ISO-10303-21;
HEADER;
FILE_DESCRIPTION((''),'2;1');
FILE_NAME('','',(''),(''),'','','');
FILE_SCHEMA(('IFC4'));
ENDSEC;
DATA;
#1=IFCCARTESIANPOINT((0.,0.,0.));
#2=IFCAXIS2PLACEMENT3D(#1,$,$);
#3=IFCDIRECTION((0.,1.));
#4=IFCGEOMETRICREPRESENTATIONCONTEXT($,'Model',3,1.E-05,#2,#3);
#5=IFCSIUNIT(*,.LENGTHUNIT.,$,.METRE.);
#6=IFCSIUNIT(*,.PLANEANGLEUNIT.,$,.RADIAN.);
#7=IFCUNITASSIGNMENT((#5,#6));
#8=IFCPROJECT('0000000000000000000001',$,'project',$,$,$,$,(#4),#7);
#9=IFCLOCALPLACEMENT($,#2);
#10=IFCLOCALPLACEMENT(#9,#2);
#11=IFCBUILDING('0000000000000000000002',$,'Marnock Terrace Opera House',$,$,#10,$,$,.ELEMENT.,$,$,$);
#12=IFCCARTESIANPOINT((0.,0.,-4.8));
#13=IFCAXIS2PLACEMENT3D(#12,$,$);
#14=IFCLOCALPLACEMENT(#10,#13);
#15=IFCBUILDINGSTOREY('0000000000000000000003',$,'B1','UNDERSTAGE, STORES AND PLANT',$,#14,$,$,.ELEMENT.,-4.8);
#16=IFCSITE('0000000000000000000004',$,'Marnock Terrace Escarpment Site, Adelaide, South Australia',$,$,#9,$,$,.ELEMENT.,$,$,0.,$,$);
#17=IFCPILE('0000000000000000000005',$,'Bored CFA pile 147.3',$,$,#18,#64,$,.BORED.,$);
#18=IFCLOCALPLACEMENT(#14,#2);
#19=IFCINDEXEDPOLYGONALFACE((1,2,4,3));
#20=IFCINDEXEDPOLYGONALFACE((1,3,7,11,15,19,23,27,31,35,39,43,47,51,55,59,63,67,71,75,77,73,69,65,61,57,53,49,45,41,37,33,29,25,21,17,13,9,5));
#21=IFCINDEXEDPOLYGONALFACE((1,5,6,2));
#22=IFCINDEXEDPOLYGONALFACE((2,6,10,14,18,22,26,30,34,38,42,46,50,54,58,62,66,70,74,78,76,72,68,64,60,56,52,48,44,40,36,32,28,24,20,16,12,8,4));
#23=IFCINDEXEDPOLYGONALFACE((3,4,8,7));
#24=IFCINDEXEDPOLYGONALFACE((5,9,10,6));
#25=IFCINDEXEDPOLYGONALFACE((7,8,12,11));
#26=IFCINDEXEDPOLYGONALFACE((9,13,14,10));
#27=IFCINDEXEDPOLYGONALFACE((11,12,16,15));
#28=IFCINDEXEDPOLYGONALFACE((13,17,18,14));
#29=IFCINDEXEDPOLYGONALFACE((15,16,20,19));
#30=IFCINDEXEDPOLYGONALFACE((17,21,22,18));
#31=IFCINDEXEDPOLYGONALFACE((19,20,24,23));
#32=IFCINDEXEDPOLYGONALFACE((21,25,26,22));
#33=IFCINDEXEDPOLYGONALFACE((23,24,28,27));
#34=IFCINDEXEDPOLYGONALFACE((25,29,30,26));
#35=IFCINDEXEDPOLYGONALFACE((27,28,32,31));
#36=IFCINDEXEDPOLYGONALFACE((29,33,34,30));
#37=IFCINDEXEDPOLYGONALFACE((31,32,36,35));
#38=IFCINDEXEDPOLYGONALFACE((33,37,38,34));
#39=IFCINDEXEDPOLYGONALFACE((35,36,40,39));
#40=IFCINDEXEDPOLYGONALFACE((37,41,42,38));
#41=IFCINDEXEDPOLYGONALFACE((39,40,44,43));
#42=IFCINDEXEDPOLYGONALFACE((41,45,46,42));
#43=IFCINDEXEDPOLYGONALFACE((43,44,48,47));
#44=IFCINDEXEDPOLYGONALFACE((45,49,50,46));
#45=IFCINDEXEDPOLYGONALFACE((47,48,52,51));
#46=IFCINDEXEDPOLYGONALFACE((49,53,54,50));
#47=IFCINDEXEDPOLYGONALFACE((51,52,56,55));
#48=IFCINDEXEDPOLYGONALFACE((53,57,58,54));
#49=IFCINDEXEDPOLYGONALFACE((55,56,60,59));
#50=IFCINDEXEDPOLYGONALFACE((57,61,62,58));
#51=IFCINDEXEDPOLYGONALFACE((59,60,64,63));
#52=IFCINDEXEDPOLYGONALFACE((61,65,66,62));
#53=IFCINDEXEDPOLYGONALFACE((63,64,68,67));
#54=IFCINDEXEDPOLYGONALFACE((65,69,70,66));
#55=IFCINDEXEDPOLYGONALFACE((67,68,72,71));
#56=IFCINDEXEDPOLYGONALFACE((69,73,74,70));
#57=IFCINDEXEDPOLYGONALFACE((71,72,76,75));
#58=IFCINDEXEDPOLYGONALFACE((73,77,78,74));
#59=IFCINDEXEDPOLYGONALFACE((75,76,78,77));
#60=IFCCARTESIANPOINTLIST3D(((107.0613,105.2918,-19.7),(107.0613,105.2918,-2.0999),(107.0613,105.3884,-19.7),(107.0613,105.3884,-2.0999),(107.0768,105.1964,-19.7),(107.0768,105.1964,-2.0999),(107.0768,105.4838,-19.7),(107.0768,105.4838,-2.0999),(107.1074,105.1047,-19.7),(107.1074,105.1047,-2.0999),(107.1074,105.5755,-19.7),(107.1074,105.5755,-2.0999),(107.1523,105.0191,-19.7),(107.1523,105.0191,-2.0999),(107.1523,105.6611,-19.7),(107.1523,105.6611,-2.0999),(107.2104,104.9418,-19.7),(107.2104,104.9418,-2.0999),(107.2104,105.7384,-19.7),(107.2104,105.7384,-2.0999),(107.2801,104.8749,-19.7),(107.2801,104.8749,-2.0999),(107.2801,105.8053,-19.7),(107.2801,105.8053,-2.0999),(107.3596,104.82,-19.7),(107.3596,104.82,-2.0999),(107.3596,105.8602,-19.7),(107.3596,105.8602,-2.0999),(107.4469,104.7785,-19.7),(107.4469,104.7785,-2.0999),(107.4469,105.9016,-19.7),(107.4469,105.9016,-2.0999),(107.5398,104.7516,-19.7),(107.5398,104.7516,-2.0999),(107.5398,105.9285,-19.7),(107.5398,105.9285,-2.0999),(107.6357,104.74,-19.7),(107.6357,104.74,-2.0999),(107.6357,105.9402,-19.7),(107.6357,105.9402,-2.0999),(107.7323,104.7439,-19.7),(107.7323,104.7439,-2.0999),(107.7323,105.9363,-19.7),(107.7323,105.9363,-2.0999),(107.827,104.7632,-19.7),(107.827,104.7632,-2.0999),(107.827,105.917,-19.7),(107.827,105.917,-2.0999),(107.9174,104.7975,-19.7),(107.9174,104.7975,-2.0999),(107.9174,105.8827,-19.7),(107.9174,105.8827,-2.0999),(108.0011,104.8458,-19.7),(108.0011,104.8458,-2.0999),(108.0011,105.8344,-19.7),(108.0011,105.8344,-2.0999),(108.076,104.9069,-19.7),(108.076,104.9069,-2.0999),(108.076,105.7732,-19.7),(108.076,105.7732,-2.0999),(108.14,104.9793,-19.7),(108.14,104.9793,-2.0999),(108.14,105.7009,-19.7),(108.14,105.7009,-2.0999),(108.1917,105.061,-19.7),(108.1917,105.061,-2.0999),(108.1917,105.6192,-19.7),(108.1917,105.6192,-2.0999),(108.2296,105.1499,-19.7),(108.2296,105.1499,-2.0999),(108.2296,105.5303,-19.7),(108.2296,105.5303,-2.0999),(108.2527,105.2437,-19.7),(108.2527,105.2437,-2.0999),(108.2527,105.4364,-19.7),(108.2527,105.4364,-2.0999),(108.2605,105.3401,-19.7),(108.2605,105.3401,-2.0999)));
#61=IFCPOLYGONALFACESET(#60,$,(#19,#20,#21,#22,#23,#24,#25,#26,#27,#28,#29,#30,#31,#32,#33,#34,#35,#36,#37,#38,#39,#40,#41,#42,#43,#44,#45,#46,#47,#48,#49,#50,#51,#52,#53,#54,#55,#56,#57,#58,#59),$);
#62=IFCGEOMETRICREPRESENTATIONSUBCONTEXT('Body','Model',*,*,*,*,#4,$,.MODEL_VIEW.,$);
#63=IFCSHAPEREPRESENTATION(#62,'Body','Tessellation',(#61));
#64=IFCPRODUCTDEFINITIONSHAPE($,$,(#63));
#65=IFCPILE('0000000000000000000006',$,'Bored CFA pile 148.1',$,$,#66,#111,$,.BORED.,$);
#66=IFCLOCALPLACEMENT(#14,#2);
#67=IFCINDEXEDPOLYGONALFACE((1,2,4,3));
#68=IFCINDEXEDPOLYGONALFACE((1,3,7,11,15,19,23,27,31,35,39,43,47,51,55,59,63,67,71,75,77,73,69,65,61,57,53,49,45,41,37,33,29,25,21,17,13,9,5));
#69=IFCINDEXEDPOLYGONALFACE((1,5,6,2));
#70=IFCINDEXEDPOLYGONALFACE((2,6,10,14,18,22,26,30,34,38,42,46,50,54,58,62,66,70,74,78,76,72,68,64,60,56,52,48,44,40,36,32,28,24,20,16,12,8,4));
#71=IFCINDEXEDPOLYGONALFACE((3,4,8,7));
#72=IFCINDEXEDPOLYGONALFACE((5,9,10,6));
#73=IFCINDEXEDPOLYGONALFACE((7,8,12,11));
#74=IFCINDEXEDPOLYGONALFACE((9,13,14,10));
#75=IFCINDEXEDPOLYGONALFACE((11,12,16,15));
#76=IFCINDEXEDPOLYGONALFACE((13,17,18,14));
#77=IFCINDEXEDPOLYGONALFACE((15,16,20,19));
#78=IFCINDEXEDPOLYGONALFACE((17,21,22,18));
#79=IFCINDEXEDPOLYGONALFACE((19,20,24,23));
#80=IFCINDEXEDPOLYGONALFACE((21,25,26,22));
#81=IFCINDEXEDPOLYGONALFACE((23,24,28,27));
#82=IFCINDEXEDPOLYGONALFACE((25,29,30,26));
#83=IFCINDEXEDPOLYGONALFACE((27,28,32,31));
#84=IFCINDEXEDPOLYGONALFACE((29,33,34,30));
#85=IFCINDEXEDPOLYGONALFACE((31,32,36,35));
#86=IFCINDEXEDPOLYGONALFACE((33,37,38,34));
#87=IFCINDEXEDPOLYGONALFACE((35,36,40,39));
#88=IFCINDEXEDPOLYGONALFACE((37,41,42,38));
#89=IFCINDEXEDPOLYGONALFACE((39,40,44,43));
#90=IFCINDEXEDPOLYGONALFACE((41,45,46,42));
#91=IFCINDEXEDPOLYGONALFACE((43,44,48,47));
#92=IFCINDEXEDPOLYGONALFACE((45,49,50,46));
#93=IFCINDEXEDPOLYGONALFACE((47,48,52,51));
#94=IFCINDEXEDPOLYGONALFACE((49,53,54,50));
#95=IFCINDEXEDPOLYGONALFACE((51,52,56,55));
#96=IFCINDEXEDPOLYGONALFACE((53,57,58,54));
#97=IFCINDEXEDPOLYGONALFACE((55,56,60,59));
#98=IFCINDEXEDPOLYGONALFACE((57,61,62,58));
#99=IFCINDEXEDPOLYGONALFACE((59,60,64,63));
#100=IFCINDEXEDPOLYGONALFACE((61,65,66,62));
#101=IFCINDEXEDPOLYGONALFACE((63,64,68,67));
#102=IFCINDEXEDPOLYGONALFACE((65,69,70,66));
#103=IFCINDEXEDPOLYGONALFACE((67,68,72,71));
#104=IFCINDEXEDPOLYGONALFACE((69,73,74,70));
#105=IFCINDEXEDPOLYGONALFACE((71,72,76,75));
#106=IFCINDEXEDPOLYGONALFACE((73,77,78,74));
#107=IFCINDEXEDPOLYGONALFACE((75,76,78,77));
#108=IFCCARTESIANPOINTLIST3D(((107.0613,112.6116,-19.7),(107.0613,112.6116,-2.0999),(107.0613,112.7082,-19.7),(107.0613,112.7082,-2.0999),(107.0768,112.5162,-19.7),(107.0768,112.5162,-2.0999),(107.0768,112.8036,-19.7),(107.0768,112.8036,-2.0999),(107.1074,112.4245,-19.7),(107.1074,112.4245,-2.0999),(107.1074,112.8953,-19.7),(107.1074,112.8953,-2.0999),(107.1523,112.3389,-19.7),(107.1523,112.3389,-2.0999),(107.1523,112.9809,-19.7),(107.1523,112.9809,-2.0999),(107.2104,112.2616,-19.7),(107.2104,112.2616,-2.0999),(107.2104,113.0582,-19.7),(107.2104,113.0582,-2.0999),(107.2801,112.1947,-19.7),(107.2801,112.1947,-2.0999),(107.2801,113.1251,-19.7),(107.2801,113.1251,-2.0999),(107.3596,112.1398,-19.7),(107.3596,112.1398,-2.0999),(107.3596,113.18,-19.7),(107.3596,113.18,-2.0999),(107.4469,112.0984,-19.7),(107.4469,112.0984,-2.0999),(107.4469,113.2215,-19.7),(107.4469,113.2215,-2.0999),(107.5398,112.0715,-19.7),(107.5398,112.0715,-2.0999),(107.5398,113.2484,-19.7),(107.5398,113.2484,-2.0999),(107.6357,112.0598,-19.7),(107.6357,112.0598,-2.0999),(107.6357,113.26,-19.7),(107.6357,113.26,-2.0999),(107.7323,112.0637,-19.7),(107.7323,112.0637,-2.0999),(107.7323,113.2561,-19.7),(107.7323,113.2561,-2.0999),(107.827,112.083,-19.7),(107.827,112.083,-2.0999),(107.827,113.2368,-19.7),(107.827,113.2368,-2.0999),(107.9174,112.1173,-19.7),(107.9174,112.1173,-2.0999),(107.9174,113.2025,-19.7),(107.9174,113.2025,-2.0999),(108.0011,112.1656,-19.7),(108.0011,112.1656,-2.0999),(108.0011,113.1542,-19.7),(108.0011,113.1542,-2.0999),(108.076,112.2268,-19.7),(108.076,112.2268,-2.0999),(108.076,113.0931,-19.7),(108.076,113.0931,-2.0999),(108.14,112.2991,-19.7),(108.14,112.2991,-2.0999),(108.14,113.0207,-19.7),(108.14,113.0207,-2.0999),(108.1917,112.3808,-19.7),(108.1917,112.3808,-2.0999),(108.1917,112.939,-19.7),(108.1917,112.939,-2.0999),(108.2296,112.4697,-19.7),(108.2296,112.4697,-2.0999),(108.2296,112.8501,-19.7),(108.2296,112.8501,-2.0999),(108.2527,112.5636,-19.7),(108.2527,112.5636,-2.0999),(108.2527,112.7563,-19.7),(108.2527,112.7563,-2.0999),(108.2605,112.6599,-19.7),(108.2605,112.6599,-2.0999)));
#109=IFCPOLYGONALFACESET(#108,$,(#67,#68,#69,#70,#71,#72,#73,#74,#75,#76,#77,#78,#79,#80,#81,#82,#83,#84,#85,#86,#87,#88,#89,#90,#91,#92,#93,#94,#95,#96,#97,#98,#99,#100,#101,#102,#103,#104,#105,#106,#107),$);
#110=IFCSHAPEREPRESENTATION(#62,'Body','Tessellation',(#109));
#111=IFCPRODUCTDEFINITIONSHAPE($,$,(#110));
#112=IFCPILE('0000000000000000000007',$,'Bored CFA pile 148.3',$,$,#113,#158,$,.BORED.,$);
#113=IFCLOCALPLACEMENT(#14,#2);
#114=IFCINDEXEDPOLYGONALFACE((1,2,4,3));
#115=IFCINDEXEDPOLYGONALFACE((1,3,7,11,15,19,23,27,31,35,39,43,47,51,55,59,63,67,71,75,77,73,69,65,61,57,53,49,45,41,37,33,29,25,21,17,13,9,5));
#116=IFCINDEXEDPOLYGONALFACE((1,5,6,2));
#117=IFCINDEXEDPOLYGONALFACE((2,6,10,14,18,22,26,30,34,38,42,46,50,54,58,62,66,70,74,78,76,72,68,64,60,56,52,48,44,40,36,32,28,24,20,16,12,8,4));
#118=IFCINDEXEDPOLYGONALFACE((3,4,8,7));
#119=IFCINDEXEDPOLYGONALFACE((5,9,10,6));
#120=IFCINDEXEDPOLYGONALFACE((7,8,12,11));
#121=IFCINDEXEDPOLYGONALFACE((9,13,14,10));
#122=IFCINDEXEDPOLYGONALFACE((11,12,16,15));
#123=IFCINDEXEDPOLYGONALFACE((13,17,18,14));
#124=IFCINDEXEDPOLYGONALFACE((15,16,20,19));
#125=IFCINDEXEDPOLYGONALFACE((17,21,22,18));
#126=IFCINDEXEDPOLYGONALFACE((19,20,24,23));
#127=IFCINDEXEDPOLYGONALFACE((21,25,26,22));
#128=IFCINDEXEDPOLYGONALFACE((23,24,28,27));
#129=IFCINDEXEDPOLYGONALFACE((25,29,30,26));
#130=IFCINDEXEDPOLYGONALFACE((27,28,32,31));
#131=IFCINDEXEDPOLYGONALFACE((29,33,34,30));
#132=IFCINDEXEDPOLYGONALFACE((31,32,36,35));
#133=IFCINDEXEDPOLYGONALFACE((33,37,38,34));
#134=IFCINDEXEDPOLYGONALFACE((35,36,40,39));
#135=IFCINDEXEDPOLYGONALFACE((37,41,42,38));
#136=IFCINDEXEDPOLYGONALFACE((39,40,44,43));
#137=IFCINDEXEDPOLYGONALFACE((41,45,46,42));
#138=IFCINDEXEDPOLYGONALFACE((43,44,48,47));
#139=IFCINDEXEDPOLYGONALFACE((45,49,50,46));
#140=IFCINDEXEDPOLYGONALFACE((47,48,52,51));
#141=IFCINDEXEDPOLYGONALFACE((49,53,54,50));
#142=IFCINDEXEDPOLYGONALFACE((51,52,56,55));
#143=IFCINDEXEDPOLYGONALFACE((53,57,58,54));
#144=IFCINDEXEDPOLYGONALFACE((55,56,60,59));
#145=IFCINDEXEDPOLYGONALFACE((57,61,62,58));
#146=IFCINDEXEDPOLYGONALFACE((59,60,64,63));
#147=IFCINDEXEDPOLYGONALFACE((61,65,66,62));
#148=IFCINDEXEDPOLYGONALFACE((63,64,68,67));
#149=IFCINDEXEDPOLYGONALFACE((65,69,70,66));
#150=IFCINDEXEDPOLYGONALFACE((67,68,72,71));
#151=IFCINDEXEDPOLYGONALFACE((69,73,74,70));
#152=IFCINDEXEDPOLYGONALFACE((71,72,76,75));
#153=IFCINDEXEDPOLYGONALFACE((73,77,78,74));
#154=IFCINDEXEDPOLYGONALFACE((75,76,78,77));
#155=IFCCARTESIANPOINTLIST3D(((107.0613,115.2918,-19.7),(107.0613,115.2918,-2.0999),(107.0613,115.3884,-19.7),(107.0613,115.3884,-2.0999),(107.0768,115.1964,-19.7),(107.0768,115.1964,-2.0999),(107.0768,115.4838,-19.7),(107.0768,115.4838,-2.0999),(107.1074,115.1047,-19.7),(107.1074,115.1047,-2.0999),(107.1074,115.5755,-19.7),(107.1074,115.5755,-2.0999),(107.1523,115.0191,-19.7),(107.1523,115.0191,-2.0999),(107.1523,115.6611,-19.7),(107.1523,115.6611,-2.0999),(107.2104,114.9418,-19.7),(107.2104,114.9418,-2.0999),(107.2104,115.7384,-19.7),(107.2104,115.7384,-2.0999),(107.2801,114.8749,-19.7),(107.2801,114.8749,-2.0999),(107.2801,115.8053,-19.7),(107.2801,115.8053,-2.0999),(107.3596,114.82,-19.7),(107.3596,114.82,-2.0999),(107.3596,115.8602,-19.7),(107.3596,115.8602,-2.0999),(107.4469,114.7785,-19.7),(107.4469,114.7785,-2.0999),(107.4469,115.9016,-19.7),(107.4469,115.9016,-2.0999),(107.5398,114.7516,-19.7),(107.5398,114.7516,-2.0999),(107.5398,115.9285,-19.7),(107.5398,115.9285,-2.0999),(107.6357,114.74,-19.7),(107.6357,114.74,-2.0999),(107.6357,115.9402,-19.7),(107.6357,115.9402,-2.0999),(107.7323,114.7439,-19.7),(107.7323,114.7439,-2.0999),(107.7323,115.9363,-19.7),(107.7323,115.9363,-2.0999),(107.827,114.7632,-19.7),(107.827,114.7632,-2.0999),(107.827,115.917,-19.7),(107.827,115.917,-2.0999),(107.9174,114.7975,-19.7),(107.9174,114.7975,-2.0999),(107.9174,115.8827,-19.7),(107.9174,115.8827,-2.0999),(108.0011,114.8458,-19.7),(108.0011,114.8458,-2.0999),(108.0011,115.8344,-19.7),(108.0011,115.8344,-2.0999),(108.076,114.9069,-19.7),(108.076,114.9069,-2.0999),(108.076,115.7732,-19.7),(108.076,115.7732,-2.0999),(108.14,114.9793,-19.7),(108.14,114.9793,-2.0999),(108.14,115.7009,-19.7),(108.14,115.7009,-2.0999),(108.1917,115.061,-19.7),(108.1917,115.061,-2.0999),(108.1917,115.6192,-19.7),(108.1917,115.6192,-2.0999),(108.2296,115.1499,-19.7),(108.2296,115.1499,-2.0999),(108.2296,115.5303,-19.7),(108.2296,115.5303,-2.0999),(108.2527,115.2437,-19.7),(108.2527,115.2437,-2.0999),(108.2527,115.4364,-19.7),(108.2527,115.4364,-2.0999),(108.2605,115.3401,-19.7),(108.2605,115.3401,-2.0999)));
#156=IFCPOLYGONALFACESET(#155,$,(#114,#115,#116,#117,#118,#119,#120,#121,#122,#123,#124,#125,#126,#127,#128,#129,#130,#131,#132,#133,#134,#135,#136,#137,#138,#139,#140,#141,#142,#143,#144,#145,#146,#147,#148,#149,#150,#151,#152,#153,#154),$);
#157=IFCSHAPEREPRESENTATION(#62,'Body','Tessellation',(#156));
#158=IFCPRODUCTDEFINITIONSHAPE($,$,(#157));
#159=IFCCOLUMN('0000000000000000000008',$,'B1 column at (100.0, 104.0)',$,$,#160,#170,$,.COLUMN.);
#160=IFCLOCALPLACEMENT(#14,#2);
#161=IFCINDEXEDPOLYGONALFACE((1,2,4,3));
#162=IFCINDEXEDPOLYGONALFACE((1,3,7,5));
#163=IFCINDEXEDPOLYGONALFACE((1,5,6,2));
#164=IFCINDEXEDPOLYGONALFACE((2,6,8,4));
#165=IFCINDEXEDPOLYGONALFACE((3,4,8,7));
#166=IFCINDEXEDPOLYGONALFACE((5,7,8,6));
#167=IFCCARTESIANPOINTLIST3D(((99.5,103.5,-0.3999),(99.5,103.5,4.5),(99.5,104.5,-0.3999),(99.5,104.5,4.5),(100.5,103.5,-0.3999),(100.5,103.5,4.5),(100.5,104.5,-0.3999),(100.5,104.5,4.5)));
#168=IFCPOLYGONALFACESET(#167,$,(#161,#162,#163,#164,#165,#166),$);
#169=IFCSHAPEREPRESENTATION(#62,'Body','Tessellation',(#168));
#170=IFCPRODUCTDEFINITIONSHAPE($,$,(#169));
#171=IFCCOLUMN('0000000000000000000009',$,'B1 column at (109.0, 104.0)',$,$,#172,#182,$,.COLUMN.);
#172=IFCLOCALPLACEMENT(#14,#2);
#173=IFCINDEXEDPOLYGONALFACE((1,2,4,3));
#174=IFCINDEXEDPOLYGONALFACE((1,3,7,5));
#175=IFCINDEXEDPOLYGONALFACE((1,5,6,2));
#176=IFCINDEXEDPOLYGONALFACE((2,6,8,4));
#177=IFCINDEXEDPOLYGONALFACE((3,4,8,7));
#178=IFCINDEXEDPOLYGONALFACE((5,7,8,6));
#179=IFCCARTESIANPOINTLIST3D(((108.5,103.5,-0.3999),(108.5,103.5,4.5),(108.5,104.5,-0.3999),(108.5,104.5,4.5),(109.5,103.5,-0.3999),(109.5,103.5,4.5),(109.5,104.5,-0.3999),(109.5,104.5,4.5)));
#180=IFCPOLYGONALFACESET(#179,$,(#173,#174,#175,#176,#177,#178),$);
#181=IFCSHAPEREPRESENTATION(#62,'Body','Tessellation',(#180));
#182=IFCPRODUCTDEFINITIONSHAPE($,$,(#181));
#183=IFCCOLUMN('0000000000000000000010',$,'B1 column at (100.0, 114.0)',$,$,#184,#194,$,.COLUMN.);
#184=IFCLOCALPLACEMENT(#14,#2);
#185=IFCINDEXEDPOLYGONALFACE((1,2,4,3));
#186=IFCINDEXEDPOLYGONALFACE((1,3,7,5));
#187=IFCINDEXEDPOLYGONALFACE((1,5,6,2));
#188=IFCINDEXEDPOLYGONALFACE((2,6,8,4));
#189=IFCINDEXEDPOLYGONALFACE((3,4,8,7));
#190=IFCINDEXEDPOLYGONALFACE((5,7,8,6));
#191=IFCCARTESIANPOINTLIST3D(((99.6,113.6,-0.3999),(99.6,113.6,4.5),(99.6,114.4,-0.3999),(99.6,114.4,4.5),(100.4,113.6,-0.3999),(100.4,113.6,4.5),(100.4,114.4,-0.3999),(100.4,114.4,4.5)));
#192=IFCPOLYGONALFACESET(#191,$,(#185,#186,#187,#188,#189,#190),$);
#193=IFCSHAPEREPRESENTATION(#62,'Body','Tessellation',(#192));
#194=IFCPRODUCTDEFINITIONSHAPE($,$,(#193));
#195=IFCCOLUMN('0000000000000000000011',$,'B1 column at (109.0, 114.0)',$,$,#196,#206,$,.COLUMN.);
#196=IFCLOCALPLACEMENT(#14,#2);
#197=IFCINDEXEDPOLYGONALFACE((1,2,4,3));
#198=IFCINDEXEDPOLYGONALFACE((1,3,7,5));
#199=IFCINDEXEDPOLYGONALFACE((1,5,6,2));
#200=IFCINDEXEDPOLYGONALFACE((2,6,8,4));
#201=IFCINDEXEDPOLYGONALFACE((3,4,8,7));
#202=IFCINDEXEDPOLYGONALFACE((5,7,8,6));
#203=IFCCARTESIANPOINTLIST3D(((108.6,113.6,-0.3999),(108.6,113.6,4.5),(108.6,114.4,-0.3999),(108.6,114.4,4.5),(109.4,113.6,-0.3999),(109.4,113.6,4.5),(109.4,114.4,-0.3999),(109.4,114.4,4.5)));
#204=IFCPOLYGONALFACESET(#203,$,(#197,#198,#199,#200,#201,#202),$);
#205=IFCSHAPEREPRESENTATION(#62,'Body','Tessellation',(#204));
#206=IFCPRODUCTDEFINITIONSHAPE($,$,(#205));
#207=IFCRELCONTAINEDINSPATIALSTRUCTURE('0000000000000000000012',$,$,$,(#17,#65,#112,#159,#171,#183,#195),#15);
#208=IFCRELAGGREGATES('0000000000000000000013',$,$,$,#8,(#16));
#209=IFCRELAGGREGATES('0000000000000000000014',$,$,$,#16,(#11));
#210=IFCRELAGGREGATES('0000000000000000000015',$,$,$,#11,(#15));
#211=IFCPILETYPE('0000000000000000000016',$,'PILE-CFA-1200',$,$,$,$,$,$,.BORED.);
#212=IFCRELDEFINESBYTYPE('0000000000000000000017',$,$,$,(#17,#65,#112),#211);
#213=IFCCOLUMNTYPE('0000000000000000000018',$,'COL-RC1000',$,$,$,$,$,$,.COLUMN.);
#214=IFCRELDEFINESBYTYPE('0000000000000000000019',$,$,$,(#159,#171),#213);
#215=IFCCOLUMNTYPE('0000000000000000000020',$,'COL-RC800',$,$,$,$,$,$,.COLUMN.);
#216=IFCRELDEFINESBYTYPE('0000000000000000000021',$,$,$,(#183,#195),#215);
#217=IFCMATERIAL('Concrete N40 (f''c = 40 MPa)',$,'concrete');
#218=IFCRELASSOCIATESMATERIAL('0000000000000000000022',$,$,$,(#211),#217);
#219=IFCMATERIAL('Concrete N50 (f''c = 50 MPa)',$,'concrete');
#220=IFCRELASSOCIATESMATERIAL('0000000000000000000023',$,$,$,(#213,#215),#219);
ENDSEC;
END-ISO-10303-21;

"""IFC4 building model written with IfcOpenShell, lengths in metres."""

from ifc_helpers import new_model, si_unit, direction, frame, origin, origin_2d, place, context, subcontext, project, spatial, rectangle, circle, extrude, material, material_profile, profile_set, type_object, element, save


model = new_model("IFC4")

# Units and contexts
model_context = context("Model", 3, precision=1e-05, world=origin(), true_north=direction((0.0, 1.0)))
body_context = subcontext(model_context, "Body", "Model", "MODEL_VIEW")
ifc_project = project(units=[si_unit("LENGTHUNIT", "METRE"), si_unit("PLANEANGLEUNIT", "RADIAN")], contexts=[model_context])

# Site, building, storey
site_placement = place(None, origin())
site = spatial("IfcSite", under=ifc_project, at=site_placement, Name="Marnock Terrace Escarpment Site, Adelaide, South Australia", CompositionType="ELEMENT", RefElevation=0.0)
building_placement = place(site_placement, origin())
building = spatial("IfcBuilding", under=site, at=building_placement, Name="Marnock Terrace Opera House", CompositionType="ELEMENT")
storey_placement = place(building_placement, frame((0.0, 0.0, -4.8)))
storey = spatial("IfcBuildingStorey", under=building, at=storey_placement, Name="B1", Description="UNDERSTAGE, STORES AND PLANT", CompositionType="ELEMENT", Elevation=-4.8)

# Shared definitions
ifc_material_1 = material(Name="Concrete N40 (f'c = 40 MPa)", Category="concrete")

# Piles
ifc_material_profile_1 = material_profile(ifc_material_1, circle(Radius=0.6006, at=origin_2d()))
ifc_profile_set_1 = profile_set([ifc_material_profile_1], Name="Concrete N40 (f'c = 40 MPa)")
pile_type = type_object("IfcPileType", Name="PILE-CFA-1200", PredefinedType="BORED", material=ifc_profile_set_1)
for number, where, z_axis, x_axis, name in (
    (1, (107.6599, 105.3401, -2.0999), (0.0, 0.0, -1.0), (1.0, 0.0, 0.0), "Bored CFA pile 147.3"),
    (2, (107.6599, 112.6599, -2.0999), (0.0, 0.0, -1.0), (1.0, 0.0, 0.0), "Bored CFA pile 148.1"),
    (3, (107.6599, 115.3401, -2.0999), (0.0, 0.0, -1.0), (1.0, 0.0, 0.0), "Bored CFA pile 148.3"),
):
    element("IfcPile", number, at=place(storey_placement, frame(where, z_axis=z_axis, x_axis=x_axis)), inside=storey, type_object=pile_type, Name=name, PredefinedType="BORED", context=body_context, shape_type="SweptSolid", body=[
        extrude(circle(Radius=0.6006, at=origin_2d()), origin(), (0.0, 0.0, 1.0), 17.6001),
    ])

# Columns
ifc_material_2 = material(Name="Concrete N50 (f'c = 50 MPa)", Category="concrete")
ifc_material_profile_2 = material_profile(ifc_material_2, rectangle(XDim=1.0, YDim=1.0, at=origin_2d()))
ifc_profile_set_2 = profile_set([ifc_material_profile_2], Name="Concrete N50 (f'c = 50 MPa)")
column_type_1 = type_object("IfcColumnType", Name="COL-RC1000", PredefinedType="COLUMN", material=ifc_profile_set_2)
for number, where, z_axis, x_axis, name in (
    (4, (100.0, 104.0, -0.3999), (0.0, 0.0, 1.0), (1.0, 0.0, 0.0), "B1 column at (100.0, 104.0)"),
    (5, (109.0, 104.0, -0.3999), (0.0, 0.0, 1.0), (1.0, 0.0, 0.0), "B1 column at (109.0, 104.0)"),
):
    element("IfcColumn", number, at=place(storey_placement, frame(where, z_axis=z_axis, x_axis=x_axis)), inside=storey, type_object=column_type_1, Name=name, PredefinedType="COLUMN", context=body_context, shape_type="SweptSolid", body=[
        extrude(rectangle(XDim=1.0, YDim=1.0, at=origin_2d()), origin(), (0.0, 0.0, 1.0), 4.8999),
    ])
ifc_material_profile_3 = material_profile(ifc_material_2, rectangle(XDim=0.8, YDim=0.8, at=origin_2d()))
ifc_profile_set_3 = profile_set([ifc_material_profile_3], Name="Concrete N50 (f'c = 50 MPa)")
column_type_2 = type_object("IfcColumnType", Name="COL-RC800", PredefinedType="COLUMN", material=ifc_profile_set_3)
for number, where, z_axis, x_axis, name in (
    (6, (100.0, 114.0, -0.3999), (0.0, 0.0, 1.0), (1.0, 0.0, 0.0), "B1 column at (100.0, 114.0)"),
    (7, (109.0, 114.0, -0.3999), (0.0, 0.0, 1.0), (1.0, 0.0, 0.0), "B1 column at (109.0, 114.0)"),
):
    element("IfcColumn", number, at=place(storey_placement, frame(where, z_axis=z_axis, x_axis=x_axis)), inside=storey, type_object=column_type_2, Name=name, PredefinedType="COLUMN", context=body_context, shape_type="SweptSolid", body=[
        extrude(rectangle(XDim=0.8, YDim=0.8, at=origin_2d()), origin(), (0.0, 0.0, 1.0), 4.8999),
    ])

save(model, "model.ifc")
